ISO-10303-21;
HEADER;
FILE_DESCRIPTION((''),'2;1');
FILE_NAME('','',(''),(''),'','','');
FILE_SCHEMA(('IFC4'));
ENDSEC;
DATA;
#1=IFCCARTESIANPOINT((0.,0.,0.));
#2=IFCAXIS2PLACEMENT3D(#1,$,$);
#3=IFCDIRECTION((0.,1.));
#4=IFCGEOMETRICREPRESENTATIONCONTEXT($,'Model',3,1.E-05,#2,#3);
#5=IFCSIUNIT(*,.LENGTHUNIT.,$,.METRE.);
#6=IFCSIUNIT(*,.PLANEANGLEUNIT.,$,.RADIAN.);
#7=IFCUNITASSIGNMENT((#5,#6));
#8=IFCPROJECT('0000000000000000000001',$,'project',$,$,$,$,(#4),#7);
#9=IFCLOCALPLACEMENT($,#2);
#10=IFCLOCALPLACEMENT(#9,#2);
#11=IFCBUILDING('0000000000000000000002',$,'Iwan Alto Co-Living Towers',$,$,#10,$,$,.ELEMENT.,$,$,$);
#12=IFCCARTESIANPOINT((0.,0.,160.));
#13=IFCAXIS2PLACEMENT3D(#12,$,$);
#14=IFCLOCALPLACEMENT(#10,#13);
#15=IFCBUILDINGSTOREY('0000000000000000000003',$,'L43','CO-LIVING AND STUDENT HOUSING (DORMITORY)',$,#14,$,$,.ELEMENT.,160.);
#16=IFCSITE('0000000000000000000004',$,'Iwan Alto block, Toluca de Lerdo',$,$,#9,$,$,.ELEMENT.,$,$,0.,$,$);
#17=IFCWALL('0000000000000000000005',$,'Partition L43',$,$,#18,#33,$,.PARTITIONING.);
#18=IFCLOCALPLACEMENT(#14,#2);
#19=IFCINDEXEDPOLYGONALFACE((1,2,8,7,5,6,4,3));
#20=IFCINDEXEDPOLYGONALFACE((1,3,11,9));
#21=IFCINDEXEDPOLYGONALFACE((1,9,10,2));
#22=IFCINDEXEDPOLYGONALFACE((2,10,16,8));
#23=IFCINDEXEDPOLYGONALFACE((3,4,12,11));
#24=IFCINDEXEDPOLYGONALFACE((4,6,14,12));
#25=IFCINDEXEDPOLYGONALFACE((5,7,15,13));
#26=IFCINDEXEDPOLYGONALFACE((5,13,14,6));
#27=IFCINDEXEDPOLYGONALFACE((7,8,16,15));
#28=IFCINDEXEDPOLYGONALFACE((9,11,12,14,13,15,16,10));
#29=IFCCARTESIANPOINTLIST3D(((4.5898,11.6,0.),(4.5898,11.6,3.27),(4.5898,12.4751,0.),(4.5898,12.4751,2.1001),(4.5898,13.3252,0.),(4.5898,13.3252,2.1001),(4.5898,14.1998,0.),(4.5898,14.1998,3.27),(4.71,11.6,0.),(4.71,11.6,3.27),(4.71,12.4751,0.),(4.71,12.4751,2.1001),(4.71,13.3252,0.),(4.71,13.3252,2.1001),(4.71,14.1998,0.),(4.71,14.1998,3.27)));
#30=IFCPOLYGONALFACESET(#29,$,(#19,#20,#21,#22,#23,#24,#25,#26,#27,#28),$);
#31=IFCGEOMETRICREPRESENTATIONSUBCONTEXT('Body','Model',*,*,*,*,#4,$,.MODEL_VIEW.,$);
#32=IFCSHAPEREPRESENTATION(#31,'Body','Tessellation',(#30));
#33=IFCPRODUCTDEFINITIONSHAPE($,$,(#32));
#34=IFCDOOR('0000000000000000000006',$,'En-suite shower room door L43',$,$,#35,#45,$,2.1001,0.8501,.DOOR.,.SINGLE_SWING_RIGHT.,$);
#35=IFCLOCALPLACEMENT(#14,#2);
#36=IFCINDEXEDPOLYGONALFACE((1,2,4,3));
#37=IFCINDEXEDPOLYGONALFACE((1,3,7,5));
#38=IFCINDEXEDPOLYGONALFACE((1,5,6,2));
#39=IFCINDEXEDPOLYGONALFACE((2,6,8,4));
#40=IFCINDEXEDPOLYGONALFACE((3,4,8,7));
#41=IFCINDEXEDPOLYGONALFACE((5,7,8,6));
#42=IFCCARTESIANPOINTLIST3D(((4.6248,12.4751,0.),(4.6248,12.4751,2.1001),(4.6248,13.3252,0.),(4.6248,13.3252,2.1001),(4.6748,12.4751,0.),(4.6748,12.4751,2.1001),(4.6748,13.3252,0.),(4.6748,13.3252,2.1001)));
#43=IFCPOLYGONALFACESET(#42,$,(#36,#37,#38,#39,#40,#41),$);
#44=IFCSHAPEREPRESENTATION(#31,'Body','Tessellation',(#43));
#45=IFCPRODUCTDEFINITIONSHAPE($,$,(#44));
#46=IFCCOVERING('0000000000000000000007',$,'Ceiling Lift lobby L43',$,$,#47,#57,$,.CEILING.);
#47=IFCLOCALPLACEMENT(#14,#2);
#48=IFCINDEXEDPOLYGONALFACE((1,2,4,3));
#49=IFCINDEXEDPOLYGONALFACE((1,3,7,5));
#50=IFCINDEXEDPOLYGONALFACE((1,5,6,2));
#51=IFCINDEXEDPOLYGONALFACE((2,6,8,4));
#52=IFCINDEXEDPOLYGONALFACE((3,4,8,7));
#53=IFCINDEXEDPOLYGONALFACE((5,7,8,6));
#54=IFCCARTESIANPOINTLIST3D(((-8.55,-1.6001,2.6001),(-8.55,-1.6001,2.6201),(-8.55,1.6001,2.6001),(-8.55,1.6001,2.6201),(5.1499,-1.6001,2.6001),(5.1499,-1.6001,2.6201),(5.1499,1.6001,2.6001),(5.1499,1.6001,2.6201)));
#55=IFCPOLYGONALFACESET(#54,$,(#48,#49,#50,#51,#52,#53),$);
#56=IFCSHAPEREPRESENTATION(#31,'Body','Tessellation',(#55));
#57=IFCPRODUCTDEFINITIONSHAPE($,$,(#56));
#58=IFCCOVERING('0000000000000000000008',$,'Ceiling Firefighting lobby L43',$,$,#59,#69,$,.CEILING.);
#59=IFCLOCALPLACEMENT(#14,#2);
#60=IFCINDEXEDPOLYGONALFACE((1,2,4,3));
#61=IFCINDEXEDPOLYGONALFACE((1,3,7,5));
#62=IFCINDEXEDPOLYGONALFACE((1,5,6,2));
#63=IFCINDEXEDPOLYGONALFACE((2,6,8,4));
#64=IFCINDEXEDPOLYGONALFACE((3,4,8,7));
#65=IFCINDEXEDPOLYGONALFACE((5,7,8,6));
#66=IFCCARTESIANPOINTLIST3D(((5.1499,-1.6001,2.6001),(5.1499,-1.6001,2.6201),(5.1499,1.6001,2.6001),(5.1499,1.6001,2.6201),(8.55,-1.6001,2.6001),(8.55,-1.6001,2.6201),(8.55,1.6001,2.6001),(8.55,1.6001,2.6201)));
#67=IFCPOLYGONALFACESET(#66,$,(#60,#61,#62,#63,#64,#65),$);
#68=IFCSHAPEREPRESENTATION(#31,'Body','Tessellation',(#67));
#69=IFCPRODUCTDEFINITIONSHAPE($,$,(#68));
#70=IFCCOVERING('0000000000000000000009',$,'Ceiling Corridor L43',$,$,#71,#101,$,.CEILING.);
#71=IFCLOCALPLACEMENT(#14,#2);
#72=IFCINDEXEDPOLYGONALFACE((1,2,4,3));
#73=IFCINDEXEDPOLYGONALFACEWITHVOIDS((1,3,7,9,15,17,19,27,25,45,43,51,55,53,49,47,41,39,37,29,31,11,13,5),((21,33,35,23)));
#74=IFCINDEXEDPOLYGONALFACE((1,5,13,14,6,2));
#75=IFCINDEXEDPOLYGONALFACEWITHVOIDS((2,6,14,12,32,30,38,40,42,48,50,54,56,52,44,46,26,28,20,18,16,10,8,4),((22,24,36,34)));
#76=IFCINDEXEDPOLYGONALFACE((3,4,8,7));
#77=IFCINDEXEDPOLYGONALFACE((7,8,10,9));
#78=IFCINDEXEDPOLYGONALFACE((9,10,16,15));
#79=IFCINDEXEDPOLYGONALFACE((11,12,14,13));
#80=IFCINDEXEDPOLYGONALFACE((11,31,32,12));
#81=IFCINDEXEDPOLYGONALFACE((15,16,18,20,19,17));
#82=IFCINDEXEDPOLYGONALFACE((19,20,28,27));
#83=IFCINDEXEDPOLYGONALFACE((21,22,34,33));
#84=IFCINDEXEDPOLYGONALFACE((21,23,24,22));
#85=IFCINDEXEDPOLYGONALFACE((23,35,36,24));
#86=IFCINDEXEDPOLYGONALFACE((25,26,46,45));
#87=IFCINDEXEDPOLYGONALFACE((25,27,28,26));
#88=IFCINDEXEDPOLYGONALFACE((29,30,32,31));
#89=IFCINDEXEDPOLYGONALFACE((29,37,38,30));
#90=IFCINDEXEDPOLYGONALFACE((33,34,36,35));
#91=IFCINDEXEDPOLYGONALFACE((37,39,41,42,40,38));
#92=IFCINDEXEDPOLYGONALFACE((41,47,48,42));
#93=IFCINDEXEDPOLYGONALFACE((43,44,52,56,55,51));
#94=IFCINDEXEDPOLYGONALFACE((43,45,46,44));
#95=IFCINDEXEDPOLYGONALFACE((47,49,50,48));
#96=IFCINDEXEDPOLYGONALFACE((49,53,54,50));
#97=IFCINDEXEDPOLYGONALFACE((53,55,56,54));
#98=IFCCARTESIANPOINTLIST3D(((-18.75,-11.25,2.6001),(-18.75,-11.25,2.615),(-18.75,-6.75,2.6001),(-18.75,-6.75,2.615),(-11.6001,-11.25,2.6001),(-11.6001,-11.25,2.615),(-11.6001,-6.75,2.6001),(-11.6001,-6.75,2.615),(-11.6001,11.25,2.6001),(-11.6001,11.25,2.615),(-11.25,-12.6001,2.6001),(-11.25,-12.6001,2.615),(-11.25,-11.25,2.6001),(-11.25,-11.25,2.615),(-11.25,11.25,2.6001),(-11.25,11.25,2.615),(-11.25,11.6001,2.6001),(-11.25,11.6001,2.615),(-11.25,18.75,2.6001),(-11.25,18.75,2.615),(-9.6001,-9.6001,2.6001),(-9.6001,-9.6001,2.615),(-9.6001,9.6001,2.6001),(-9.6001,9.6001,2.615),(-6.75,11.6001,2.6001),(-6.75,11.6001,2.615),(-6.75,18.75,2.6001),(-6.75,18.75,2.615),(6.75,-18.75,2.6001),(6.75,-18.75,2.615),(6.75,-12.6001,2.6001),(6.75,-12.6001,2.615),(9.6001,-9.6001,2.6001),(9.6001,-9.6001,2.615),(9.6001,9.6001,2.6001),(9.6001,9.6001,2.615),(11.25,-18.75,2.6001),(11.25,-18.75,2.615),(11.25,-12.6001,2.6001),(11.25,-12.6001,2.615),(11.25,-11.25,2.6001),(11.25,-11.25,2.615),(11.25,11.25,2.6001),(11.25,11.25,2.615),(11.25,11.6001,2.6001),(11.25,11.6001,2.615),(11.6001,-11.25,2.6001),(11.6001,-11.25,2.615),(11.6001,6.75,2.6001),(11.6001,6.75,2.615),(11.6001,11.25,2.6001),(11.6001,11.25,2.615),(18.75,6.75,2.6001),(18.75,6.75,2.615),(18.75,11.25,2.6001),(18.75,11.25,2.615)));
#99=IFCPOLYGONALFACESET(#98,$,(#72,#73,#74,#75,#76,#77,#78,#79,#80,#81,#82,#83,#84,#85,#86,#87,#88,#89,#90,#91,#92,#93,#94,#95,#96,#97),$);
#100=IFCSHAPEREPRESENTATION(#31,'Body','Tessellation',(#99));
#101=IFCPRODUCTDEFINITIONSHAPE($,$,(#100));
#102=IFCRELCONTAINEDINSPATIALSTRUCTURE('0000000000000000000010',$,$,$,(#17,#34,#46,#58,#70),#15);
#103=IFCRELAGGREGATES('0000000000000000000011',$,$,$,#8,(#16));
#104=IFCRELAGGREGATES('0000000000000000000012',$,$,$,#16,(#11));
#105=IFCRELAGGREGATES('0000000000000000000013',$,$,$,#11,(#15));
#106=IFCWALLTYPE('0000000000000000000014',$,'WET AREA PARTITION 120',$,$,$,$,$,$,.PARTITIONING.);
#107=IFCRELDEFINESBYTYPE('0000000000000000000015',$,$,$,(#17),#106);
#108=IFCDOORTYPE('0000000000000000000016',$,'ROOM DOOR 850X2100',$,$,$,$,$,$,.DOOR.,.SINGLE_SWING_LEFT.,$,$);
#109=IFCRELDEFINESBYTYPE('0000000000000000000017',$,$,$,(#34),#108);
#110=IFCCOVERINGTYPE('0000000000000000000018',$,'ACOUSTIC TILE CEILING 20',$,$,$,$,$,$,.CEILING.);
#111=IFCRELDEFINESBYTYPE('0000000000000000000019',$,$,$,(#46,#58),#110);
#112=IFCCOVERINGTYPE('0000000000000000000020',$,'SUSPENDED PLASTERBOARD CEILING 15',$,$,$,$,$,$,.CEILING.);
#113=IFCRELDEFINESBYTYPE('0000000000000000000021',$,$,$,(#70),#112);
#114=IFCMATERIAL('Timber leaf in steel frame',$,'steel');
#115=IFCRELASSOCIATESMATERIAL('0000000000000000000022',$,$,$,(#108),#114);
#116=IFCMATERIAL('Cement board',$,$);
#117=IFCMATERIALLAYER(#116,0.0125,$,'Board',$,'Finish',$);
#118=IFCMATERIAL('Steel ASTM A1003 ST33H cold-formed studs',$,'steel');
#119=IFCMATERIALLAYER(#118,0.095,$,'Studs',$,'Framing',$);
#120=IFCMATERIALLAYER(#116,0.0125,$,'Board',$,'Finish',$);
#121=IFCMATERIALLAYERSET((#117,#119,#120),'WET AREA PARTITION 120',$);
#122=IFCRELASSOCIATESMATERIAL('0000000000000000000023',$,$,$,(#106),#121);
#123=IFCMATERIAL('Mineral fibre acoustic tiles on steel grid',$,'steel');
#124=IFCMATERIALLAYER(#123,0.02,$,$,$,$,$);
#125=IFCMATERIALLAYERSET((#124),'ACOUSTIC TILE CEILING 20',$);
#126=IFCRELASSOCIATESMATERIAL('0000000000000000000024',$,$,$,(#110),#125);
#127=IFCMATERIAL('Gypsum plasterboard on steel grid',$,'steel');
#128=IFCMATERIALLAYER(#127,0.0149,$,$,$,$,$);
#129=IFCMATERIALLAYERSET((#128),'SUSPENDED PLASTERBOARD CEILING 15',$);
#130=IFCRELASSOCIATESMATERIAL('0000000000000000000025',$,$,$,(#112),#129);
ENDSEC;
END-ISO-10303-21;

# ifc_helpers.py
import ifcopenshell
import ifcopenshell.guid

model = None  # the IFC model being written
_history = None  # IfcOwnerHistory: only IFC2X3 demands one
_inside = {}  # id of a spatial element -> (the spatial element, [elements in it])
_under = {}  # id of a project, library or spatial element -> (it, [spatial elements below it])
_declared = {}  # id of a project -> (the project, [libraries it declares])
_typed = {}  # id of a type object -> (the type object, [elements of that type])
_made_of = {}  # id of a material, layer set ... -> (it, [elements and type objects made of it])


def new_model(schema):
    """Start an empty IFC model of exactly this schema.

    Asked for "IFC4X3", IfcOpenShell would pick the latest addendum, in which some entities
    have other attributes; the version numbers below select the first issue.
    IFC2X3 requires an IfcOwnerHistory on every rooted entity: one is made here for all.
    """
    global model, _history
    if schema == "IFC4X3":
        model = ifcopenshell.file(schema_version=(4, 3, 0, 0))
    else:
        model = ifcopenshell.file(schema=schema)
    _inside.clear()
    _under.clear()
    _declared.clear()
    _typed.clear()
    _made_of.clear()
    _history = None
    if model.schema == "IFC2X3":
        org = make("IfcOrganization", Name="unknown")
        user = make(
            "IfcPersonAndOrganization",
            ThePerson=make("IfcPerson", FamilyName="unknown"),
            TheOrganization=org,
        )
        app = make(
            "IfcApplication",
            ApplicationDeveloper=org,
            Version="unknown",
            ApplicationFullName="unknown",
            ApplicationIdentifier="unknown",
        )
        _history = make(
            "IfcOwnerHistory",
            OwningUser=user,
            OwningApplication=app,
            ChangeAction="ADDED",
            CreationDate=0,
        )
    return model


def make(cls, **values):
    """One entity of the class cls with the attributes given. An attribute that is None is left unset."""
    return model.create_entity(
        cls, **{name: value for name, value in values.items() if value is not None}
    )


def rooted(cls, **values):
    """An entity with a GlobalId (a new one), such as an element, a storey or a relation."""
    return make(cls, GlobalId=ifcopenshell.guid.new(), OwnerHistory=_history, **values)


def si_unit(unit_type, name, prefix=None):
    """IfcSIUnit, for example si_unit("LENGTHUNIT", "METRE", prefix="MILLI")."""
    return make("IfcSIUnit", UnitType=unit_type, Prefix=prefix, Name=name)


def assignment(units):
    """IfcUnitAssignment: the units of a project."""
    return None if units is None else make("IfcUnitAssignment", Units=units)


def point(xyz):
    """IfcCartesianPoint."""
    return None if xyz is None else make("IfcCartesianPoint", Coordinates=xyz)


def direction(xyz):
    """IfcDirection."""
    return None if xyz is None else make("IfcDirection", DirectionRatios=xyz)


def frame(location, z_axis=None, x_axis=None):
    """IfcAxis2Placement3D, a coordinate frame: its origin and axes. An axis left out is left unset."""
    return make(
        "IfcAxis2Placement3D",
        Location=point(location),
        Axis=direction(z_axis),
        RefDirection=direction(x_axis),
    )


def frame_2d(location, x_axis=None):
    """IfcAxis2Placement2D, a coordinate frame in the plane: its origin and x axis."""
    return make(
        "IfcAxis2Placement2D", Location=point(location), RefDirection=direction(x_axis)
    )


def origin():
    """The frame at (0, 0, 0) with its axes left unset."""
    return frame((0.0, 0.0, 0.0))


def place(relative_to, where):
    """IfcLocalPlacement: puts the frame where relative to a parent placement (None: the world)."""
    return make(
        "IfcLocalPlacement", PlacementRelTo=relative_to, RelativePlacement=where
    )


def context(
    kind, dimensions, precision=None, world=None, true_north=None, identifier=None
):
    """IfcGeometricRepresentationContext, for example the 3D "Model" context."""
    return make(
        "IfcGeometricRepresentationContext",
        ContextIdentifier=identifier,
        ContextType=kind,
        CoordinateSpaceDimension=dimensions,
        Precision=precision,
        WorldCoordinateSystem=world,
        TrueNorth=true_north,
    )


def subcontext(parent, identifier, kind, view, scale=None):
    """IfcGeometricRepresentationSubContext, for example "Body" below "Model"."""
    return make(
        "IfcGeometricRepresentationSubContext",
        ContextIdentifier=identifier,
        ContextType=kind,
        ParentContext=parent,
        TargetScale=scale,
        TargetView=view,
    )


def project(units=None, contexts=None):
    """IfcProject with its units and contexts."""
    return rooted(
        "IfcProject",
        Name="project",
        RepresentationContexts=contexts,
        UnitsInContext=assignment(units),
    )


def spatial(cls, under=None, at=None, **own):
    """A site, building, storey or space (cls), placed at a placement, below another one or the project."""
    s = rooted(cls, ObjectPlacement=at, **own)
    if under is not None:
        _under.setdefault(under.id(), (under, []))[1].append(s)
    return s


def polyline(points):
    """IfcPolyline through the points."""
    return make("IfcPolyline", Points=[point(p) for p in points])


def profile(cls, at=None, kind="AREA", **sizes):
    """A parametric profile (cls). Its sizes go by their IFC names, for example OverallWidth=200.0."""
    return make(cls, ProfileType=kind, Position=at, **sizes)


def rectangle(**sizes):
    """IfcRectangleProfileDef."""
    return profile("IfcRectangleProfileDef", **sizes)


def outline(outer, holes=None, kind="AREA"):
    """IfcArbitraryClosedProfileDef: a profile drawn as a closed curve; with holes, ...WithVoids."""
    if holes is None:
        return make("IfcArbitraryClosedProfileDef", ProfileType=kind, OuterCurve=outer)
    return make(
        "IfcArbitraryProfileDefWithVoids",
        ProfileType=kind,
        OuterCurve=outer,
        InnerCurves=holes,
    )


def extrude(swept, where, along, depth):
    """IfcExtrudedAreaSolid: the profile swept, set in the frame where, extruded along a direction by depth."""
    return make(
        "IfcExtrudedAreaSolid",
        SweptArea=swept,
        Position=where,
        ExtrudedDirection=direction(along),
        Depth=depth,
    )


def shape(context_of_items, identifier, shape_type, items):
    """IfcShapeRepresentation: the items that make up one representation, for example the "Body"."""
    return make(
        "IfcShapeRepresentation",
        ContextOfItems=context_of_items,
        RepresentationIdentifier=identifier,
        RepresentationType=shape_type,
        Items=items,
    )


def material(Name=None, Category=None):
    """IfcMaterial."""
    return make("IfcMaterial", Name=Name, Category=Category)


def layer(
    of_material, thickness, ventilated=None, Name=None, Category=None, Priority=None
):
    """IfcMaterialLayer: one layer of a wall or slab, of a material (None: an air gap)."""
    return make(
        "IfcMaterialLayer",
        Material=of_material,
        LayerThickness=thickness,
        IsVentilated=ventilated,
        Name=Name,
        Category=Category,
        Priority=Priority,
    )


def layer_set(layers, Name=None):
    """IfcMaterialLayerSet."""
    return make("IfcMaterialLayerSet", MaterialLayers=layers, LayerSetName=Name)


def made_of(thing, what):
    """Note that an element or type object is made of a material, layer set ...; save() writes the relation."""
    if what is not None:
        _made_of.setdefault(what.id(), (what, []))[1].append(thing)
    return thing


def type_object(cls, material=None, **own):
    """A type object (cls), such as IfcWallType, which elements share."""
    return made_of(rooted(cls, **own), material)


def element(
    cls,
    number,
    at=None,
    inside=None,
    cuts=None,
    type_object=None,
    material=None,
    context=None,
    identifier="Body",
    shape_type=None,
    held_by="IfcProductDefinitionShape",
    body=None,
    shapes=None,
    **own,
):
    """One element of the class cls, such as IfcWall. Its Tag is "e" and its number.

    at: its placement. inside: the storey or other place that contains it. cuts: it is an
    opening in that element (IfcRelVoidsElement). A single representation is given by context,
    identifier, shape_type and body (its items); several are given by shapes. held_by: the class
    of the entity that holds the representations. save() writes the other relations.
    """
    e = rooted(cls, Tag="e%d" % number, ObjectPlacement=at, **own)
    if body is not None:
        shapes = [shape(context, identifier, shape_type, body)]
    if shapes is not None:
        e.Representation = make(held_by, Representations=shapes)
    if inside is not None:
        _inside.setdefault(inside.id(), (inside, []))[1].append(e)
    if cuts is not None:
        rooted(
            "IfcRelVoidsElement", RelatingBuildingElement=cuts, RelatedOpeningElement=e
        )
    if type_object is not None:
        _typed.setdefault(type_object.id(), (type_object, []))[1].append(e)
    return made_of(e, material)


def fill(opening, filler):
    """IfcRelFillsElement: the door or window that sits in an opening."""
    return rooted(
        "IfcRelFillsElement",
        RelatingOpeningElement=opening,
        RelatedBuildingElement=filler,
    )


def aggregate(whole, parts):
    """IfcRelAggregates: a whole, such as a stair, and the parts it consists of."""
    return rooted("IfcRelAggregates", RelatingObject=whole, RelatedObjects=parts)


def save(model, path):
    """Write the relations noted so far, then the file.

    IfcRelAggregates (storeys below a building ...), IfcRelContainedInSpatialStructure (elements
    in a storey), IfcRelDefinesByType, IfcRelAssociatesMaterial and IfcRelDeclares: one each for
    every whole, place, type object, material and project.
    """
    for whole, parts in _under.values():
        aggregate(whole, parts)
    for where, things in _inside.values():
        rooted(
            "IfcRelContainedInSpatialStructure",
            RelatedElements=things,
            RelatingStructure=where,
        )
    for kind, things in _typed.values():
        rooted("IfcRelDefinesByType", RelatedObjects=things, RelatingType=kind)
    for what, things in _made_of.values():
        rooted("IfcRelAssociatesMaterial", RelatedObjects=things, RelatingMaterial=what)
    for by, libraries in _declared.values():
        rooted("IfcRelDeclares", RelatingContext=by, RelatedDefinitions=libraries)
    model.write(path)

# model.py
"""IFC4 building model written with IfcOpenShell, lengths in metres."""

from ifc_helpers import new_model, si_unit, direction, frame, frame_2d, origin, place, context, subcontext, project, spatial, polyline, rectangle, outline, extrude, material, layer, layer_set, type_object, element, fill, save


model = new_model("IFC4")

# Units and contexts
model_context = context("Model", 3, precision=1e-05, world=origin(), true_north=direction((0.0, 1.0)))
body_context = subcontext(model_context, "Body", "Model", "MODEL_VIEW")
ifc_project = project(units=[si_unit("LENGTHUNIT", "METRE"), si_unit("PLANEANGLEUNIT", "RADIAN")], contexts=[model_context])

# Site, building, storey
site_placement = place(None, origin())
site = spatial("IfcSite", under=ifc_project, at=site_placement, Name="Iwan Alto block, Toluca de Lerdo", CompositionType="ELEMENT", RefElevation=0.0)
building_placement = place(site_placement, origin())
building = spatial("IfcBuilding", under=site, at=building_placement, Name="Iwan Alto Co-Living Towers", CompositionType="ELEMENT")
storey_placement = place(building_placement, frame((0.0, 0.0, 160.0)))
storey = spatial("IfcBuildingStorey", under=building, at=storey_placement, Name="L43", Description="CO-LIVING AND STUDENT HOUSING (DORMITORY)", CompositionType="ELEMENT", Elevation=160.0)

# Shared definitions
ifc_material_1 = material(Name="Steel ASTM A1003 ST33H cold-formed studs", Category="steel")
ifc_material_2 = material(Name="Timber leaf in steel frame", Category="steel")
door_type_1 = type_object("IfcDoorType", Name="ROOM DOOR 850X2100", OperationType="SINGLE_SWING_LEFT", PredefinedType="DOOR", material=ifc_material_2)

# Wall, opening, door
ifc_material_3 = material(Name="Cement board")
ifc_layer_1 = layer(ifc_material_3, 0.0125, Name="Board", Category="Finish")
ifc_layer_2 = layer(ifc_material_1, 0.095, Name="Studs", Category="Framing")
ifc_layer_3 = layer(ifc_material_3, 0.0125, Name="Board", Category="Finish")
ifc_layer_set_1 = layer_set([ifc_layer_1, ifc_layer_2, ifc_layer_3], Name="WET AREA PARTITION 120")
wall_type_1 = type_object("IfcWallType", Name="WET AREA PARTITION 120", PredefinedType="PARTITIONING", material=ifc_layer_set_1)
wall_1_placement = place(storey_placement, frame((4.6499, 11.6001, 0.0), z_axis=(0.0, 0.0, 1.0), x_axis=(0.0, 1.0, 0.0)))
wall_1 = element("IfcWall", 1, at=wall_1_placement, inside=storey, type_object=wall_type_1, Name="Partition L43", PredefinedType="PARTITIONING", context=body_context, shape_type="SweptSolid", body=[
    extrude(rectangle(XDim=2.5999, YDim=0.1201, at=frame_2d((1.2998, 0.0))), origin(), (0.0, 0.0, 1.0), 3.27),
])
opening_1_placement = place(wall_1_placement, frame((0.875, 0.0, 0.0)))
opening_1 = element("IfcOpeningElement", 2, at=opening_1_placement, cuts=wall_1, PredefinedType="OPENING", context=body_context, shape_type="SweptSolid", body=[
    extrude(rectangle(XDim=0.8501, YDim=2.1001, at=frame_2d((0.425, 1.05))), frame((0.0, 0.0701, 0.0), z_axis=(0.0, -1.0, 0.0), x_axis=(1.0, 0.0, 0.0)), (0.0, 0.0, 1.0), 0.1401),
])
door_1_placement = place(opening_1_placement, frame((0.8501, 0.0, 0.0), z_axis=(0.0, 0.0, 1.0), x_axis=(-1.0, 0.0, 0.0)))
door_1 = element("IfcDoor", 3, at=door_1_placement, inside=storey, type_object=door_type_1, Name="En-suite shower room door L43", OperationType="SINGLE_SWING_RIGHT", OverallHeight=2.1001, OverallWidth=0.8501, PredefinedType="DOOR", context=body_context, shape_type="SweptSolid", body=[
    extrude(rectangle(XDim=0.8501, YDim=2.1001, at=frame_2d((0.425, 1.05))), frame((0.0, 0.0249, 0.0), z_axis=(0.0, -1.0, 0.0), x_axis=(1.0, 0.0, 0.0)), (0.0, 0.0, 1.0), 0.05),
])
fill(opening_1, door_1)

# Coverings
ifc_material_4 = material(Name="Mineral fibre acoustic tiles on steel grid", Category="steel")
ifc_layer_4 = layer(ifc_material_4, 0.02)
ifc_layer_set_2 = layer_set([ifc_layer_4], Name="ACOUSTIC TILE CEILING 20")
covering_type_1 = type_object("IfcCoveringType", Name="ACOUSTIC TILE CEILING 20", PredefinedType="CEILING", material=ifc_layer_set_2)
covering_1_placement = place(storey_placement, frame((0.0, 0.0, 2.6001)))
element("IfcCovering", 4, at=covering_1_placement, inside=storey, type_object=covering_type_1, Name="Ceiling Lift lobby L43", PredefinedType="CEILING", context=body_context, shape_type="SweptSolid", body=[
    extrude(outline(polyline([(-8.55, -1.6001), (-8.55, 1.6001), (5.1499, 1.6001), (5.1499, -1.6001), (-8.55, -1.6001)])), origin(), (0.0, 0.0, 1.0), 0.02),
])
covering_2_placement = place(storey_placement, frame((0.0, 0.0, 2.6001)))
element("IfcCovering", 5, at=covering_2_placement, inside=storey, type_object=covering_type_1, Name="Ceiling Firefighting lobby L43", PredefinedType="CEILING", context=body_context, shape_type="SweptSolid", body=[
    extrude(outline(polyline([(5.1499, -1.6001), (5.1499, 1.6001), (8.55, 1.6001), (8.55, -1.6001), (5.1499, -1.6001)])), origin(), (0.0, 0.0, 1.0), 0.02),
])
ifc_material_5 = material(Name="Gypsum plasterboard on steel grid", Category="steel")
ifc_layer_5 = layer(ifc_material_5, 0.0149)
ifc_layer_set_3 = layer_set([ifc_layer_5], Name="SUSPENDED PLASTERBOARD CEILING 15")
covering_type_2 = type_object("IfcCoveringType", Name="SUSPENDED PLASTERBOARD CEILING 15", PredefinedType="CEILING", material=ifc_layer_set_3)
covering_3_placement = place(storey_placement, frame((0.0, 0.0, 2.6001)))
element("IfcCovering", 6, at=covering_3_placement, inside=storey, type_object=covering_type_2, Name="Ceiling Corridor L43", PredefinedType="CEILING", context=body_context, shape_type="SweptSolid", body=[
    extrude(outline(polyline([(-18.75, -6.75), (-11.6001, -6.75), (-11.6001, 11.25), (-11.25, 11.25), (-11.25, 11.6001), (-11.25, 18.75), (-6.75, 18.75), (-6.75, 11.6001), (11.25, 11.6001), (11.25, 11.25), (11.6001, 11.25), (18.75, 11.25), (18.75, 6.75), (11.6001, 6.75), (11.6001, -11.25), (11.25, -11.25), (11.25, -12.6001), (11.25, -18.75), (6.75, -18.75), (6.75, -12.6001), (-11.25, -12.6001), (-11.25, -11.25), (-11.6001, -11.25), (-18.75, -11.25), (-18.75, -6.75)]), holes=[polyline([(9.6001, 9.6001), (-9.6001, 9.6001), (-9.6001, -9.6001), (9.6001, -9.6001), (9.6001, 9.6001)])]), origin(), (0.0, 0.0, 1.0), 0.0149),
])

save(model, "model.ifc")
